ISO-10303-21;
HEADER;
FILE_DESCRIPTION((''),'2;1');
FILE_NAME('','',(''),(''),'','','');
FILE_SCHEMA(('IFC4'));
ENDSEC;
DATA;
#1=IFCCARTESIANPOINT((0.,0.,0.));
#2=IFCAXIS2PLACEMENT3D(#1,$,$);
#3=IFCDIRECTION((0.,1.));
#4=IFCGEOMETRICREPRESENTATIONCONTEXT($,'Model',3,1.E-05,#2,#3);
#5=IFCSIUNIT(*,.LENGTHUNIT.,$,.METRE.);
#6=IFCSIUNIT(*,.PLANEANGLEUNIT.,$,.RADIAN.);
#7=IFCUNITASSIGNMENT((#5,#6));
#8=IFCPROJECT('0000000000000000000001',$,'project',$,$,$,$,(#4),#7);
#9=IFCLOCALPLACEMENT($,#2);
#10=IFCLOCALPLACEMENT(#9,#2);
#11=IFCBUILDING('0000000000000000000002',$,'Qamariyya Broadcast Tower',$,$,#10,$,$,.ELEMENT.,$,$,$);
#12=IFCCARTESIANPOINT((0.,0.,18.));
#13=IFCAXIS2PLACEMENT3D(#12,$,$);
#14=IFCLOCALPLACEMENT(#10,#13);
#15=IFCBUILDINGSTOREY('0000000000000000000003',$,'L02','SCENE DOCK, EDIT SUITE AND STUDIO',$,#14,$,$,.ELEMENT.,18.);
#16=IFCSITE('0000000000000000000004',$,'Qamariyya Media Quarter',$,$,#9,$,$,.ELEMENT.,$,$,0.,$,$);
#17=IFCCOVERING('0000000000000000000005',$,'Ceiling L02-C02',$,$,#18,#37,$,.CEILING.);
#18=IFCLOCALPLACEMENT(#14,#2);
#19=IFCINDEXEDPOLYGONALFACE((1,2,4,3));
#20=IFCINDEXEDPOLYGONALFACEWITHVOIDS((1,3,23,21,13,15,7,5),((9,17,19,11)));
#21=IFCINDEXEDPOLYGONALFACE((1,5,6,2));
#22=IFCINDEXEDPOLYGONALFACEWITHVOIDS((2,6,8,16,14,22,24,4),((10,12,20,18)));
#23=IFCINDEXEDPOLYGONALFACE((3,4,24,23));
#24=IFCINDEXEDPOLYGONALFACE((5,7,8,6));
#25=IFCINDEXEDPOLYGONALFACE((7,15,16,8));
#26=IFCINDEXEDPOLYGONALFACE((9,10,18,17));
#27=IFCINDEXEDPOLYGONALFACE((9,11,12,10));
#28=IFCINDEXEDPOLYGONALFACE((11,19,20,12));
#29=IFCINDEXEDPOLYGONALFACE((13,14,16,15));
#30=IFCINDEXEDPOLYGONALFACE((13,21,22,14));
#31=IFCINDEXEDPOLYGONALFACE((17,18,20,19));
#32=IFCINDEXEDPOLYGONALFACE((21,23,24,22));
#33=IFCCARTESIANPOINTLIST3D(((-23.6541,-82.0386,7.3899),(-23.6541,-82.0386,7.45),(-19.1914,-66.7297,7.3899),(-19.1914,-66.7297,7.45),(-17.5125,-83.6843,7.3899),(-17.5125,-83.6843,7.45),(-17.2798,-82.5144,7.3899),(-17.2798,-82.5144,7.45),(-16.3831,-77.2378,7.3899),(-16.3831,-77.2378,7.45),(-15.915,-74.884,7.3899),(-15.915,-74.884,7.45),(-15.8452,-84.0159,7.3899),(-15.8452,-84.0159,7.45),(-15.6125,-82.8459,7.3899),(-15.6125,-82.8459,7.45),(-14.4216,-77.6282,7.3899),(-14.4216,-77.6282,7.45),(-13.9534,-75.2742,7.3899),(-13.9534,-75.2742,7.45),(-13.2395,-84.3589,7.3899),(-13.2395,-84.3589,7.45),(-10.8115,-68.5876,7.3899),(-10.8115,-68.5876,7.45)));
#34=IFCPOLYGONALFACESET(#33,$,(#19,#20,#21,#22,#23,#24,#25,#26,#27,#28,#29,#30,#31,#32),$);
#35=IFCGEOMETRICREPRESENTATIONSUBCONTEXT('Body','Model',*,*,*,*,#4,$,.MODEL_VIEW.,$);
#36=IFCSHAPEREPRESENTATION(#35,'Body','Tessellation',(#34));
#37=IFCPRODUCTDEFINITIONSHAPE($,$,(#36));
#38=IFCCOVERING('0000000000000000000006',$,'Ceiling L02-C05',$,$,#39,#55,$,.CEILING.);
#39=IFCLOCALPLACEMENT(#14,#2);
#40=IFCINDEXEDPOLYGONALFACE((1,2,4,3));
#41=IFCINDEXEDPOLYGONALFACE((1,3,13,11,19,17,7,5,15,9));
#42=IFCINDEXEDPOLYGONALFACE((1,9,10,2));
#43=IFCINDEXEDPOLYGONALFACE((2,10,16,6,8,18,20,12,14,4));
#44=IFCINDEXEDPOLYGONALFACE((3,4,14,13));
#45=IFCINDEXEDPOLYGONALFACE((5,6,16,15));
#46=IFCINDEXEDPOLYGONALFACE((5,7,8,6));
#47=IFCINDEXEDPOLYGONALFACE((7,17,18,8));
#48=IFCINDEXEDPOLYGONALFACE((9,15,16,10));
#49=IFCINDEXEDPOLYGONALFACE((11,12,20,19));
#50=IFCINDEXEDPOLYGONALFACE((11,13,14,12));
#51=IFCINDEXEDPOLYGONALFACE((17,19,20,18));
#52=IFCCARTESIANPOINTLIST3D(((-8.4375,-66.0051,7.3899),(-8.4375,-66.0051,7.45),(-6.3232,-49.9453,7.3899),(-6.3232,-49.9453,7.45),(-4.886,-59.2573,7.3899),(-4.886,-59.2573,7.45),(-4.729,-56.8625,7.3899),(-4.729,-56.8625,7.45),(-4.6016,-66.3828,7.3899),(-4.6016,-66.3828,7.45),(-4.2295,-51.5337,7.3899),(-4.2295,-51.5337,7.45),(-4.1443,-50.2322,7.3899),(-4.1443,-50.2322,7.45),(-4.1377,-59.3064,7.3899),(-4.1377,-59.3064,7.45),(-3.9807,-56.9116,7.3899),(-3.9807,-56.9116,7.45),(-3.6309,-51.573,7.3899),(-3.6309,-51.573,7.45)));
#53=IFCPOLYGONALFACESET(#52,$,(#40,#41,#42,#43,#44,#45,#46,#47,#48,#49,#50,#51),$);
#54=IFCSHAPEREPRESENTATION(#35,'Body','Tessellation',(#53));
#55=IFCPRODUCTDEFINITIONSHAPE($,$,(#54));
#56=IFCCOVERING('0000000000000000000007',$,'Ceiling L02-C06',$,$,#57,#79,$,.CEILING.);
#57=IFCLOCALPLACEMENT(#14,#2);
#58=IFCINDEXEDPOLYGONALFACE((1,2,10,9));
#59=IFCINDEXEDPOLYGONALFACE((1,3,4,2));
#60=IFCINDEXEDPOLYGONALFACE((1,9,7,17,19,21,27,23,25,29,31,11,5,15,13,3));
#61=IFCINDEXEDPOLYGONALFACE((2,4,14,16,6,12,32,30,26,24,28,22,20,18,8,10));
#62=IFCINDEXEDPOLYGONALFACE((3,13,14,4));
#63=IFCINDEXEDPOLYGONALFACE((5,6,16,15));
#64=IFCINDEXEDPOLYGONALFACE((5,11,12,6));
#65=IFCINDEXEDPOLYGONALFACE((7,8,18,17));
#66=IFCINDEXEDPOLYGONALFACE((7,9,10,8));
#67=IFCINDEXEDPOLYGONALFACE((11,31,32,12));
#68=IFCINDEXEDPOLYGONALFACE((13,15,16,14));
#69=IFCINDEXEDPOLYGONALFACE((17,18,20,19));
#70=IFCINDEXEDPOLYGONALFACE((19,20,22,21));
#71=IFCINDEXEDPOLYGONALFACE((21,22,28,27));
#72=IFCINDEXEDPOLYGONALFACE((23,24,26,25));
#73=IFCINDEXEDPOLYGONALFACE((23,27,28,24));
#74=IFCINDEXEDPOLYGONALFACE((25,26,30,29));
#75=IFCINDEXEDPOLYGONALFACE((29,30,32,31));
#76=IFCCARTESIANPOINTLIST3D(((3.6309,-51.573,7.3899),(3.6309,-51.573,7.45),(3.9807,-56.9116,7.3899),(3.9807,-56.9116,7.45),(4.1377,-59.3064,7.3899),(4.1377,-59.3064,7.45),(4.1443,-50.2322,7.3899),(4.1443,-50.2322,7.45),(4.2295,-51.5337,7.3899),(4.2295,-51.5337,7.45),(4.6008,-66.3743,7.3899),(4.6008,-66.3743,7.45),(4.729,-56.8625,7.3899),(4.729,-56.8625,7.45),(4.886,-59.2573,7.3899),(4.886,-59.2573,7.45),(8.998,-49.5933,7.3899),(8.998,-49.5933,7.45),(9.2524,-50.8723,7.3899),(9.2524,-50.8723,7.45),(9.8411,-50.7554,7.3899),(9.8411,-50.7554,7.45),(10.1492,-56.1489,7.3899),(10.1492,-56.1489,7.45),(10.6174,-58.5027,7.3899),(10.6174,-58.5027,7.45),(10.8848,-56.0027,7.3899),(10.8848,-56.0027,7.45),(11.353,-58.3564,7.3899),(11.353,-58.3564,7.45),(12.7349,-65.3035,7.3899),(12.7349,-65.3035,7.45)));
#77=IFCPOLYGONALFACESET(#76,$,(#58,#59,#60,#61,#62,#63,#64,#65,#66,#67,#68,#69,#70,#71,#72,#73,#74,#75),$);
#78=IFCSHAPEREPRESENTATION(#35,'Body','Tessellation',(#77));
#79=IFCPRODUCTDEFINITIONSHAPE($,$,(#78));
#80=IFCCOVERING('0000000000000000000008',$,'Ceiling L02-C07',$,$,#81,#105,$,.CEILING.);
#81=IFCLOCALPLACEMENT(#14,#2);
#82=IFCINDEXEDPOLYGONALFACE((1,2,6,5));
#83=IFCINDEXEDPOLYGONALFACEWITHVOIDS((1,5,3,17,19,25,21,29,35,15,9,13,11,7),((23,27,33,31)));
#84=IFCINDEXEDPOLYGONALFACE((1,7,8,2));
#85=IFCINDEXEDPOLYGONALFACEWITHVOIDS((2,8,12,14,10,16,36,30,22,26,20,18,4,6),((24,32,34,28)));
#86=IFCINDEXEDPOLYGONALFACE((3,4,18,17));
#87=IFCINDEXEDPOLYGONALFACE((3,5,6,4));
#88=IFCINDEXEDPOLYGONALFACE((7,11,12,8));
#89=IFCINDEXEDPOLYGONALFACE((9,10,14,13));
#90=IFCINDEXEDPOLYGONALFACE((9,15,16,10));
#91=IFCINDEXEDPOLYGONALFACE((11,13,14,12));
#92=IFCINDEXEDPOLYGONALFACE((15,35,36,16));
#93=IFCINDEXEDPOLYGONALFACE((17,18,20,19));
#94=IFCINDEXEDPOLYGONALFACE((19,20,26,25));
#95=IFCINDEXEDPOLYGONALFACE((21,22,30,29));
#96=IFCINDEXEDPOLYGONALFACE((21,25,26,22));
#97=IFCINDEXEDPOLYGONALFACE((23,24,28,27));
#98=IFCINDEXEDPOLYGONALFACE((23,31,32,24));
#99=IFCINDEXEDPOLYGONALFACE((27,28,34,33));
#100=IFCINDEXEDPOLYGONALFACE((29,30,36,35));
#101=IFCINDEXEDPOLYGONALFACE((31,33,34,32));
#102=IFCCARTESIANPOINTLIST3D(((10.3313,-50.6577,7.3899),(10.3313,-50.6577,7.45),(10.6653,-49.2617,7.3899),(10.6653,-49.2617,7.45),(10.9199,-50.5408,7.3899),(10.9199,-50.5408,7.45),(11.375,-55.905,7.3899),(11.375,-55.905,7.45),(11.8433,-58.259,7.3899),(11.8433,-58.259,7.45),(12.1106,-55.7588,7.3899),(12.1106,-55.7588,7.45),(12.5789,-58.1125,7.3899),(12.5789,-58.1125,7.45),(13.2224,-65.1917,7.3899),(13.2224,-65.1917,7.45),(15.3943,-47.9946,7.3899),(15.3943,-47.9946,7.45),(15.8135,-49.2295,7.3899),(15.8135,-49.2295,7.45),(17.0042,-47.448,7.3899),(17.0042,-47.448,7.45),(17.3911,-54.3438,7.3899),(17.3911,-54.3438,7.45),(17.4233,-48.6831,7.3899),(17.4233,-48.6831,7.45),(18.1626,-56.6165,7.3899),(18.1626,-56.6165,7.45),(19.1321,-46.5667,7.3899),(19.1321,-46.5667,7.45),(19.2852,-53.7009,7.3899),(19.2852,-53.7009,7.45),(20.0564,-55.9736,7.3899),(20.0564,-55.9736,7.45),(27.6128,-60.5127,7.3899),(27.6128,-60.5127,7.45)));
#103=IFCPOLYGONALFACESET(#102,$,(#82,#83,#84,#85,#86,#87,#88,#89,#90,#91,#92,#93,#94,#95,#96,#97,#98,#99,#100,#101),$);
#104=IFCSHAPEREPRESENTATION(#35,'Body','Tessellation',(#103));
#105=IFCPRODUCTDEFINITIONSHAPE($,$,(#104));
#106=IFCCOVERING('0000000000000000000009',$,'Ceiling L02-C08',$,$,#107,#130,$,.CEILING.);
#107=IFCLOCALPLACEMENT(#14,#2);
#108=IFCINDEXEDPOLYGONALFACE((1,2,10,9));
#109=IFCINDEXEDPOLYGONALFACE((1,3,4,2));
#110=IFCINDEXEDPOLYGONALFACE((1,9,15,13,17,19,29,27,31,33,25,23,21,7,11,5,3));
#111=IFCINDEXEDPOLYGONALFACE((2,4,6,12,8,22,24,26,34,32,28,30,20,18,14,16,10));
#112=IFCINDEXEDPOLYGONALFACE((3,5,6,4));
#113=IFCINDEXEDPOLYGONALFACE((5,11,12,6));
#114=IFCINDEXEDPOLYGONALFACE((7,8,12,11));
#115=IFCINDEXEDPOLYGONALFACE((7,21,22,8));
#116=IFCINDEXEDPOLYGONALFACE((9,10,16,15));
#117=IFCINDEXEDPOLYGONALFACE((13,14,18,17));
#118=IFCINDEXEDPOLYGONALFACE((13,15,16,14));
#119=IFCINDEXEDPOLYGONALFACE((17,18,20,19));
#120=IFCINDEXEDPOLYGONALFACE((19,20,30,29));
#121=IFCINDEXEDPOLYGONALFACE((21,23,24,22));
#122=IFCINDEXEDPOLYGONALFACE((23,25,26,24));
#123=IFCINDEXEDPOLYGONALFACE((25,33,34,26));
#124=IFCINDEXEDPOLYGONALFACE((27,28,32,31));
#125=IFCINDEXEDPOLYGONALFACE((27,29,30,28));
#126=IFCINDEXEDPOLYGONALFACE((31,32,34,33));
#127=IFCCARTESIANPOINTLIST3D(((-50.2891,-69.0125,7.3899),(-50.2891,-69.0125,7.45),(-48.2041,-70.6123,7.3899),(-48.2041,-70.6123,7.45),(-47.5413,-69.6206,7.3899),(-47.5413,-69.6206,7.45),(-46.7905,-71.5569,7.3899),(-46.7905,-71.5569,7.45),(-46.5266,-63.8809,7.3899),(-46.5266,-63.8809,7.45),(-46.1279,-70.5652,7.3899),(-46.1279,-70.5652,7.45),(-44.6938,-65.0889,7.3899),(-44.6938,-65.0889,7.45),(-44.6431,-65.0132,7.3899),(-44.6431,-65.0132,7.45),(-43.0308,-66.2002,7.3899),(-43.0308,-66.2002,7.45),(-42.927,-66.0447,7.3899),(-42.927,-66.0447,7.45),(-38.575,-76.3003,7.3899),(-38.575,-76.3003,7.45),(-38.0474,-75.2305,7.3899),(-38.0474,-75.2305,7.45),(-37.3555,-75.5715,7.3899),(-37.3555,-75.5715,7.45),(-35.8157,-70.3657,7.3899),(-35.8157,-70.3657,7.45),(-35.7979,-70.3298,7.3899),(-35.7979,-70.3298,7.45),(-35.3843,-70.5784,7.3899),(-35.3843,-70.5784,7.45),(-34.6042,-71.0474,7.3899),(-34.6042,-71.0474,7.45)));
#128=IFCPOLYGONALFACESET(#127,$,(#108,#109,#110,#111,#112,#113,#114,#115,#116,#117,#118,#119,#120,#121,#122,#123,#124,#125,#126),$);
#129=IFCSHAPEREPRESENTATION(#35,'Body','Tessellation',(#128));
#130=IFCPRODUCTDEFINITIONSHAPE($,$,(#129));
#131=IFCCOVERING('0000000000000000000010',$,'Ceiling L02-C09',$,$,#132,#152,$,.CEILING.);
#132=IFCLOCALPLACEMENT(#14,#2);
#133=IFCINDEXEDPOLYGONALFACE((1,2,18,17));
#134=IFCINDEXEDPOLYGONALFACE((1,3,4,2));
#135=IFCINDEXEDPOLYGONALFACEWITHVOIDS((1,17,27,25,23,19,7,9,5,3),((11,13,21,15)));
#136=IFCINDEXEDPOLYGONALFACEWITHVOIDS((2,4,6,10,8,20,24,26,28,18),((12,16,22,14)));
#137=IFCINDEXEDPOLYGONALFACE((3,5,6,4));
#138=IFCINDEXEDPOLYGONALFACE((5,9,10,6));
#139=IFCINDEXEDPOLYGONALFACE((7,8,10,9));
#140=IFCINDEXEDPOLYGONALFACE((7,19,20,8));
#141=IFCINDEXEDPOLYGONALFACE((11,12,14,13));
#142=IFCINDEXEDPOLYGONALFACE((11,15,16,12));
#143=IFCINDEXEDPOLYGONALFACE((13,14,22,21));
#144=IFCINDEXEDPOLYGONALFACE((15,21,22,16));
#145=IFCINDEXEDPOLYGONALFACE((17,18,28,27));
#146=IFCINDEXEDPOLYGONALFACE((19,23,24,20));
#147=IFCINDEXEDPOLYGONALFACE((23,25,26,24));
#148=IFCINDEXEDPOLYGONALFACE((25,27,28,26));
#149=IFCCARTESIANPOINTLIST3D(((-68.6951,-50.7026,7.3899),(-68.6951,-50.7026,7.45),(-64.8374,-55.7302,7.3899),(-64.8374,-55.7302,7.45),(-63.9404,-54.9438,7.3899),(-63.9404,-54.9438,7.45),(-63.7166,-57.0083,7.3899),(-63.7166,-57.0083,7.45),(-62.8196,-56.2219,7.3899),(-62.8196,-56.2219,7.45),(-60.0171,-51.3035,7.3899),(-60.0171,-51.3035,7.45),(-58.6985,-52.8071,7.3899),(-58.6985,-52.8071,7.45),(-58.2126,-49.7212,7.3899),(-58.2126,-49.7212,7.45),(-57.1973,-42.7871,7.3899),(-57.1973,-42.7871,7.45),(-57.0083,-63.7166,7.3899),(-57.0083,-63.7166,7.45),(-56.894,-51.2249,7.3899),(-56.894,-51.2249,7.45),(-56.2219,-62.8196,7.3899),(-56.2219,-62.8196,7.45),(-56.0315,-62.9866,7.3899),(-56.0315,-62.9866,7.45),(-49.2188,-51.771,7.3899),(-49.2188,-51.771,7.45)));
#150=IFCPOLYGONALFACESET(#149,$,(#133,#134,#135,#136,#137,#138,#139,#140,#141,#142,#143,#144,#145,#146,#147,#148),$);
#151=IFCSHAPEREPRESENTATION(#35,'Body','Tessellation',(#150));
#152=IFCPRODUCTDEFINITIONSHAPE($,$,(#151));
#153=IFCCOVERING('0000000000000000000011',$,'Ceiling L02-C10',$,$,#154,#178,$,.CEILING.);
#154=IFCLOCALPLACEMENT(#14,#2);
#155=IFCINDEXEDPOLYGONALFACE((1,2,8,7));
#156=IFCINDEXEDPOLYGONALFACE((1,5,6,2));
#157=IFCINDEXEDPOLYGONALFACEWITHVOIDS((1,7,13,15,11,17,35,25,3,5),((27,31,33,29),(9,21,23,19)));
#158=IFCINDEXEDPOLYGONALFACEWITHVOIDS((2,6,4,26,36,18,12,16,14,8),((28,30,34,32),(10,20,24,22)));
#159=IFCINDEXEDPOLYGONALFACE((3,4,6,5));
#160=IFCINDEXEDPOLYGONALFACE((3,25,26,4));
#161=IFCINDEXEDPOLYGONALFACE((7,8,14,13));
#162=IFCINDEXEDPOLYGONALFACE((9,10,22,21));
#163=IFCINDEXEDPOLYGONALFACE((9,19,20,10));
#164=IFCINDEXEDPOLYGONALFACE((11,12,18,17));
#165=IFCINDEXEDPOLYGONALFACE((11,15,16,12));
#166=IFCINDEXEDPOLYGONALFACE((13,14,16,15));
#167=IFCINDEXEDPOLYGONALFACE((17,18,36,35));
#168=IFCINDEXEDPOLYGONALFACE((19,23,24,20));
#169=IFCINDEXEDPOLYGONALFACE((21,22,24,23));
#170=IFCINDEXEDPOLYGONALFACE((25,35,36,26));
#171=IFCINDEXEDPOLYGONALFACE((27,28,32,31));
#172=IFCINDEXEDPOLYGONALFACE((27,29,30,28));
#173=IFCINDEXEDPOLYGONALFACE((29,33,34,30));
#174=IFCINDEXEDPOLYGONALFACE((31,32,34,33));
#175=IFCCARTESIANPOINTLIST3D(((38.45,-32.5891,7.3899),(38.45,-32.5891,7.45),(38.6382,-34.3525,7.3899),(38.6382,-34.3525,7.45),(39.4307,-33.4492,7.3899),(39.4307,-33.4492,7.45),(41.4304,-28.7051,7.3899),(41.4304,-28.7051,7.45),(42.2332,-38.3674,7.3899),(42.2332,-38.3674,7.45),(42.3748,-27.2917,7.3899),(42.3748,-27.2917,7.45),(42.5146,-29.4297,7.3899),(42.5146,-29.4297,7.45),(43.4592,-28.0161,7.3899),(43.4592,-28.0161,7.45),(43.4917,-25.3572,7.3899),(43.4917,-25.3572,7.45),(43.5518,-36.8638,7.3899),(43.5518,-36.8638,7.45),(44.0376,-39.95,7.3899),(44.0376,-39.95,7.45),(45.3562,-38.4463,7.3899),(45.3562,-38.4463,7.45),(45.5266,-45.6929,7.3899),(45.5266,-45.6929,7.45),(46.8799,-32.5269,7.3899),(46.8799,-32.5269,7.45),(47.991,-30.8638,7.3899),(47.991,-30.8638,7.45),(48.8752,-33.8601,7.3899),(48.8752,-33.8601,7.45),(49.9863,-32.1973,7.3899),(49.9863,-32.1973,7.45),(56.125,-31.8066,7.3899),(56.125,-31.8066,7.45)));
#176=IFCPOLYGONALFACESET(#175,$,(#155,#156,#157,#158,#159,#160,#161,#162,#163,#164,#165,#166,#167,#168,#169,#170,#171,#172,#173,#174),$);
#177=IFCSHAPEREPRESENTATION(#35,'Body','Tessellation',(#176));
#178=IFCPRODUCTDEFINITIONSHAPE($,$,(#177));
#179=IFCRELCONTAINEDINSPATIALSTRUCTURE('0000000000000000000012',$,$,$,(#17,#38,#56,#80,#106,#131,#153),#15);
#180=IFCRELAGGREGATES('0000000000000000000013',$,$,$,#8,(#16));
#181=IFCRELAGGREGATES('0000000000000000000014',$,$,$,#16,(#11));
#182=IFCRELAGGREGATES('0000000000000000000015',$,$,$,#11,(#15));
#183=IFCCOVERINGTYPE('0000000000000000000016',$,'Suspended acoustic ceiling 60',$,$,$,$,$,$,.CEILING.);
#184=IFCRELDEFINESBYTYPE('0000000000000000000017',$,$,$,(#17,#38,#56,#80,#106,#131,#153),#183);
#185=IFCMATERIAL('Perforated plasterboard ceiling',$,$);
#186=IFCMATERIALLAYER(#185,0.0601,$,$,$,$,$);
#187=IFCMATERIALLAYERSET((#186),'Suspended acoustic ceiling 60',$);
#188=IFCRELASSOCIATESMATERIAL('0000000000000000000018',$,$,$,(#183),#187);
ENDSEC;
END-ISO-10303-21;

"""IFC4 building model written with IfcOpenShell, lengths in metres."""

from ifc_helpers import new_model, si_unit, direction, frame, origin, place, context, subcontext, project, spatial, polyline, outline, extrude, material, layer, layer_set, type_object, element, save


model = new_model("IFC4")

# Units and contexts
model_context = context("Model", 3, precision=1e-05, world=origin(), true_north=direction((0.0, 1.0)))
body_context = subcontext(model_context, "Body", "Model", "MODEL_VIEW")
ifc_project = project(units=[si_unit("LENGTHUNIT", "METRE"), si_unit("PLANEANGLEUNIT", "RADIAN")], contexts=[model_context])

# Site, building, storey
site_placement = place(None, origin())
site = spatial("IfcSite", under=ifc_project, at=site_placement, Name="Qamariyya Media Quarter", CompositionType="ELEMENT", RefElevation=0.0)
building_placement = place(site_placement, origin())
building = spatial("IfcBuilding", under=site, at=building_placement, Name="Qamariyya Broadcast Tower", CompositionType="ELEMENT")
storey_placement = place(building_placement, frame((0.0, 0.0, 18.0)))
storey = spatial("IfcBuildingStorey", under=building, at=storey_placement, Name="L02", Description="SCENE DOCK, EDIT SUITE AND STUDIO", CompositionType="ELEMENT", Elevation=18.0)

# Coverings
ifc_material_1 = material(Name="Perforated plasterboard ceiling")
ifc_layer_1 = layer(ifc_material_1, 0.0601)
ifc_layer_set_1 = layer_set([ifc_layer_1], Name="Suspended acoustic ceiling 60")
covering_type_1 = type_object("IfcCoveringType", Name="Suspended acoustic ceiling 60", PredefinedType="CEILING", material=ifc_layer_set_1)
covering_1_placement = place(storey_placement, frame((0.0, 0.0, 7.3899)))
element("IfcCovering", 1, at=covering_1_placement, inside=storey, type_object=covering_type_1, Name="Ceiling L02-C02", PredefinedType="CEILING", context=body_context, shape_type="SweptSolid", body=[
    extrude(outline(polyline([(-13.2395, -84.3589), (-15.8452, -84.0159), (-15.6125, -82.8459), (-17.2798, -82.5144), (-17.5125, -83.6843), (-23.6541, -82.0386), (-19.1914, -66.7297), (-10.8115, -68.5876), (-13.2395, -84.3589)]), holes=[polyline([(-16.3831, -77.2378), (-14.4216, -77.6282), (-13.9534, -75.2742), (-15.915, -74.884), (-16.3831, -77.2378)])]), origin(), (0.0, 0.0, 1.0), 0.0601),
])
covering_2_placement = place(storey_placement, frame((0.0, 0.0, 7.3899)))
element("IfcCovering", 2, at=covering_2_placement, inside=storey, type_object=covering_type_1, Name="Ceiling L02-C05", PredefinedType="CEILING", context=body_context, shape_type="SweptSolid", body=[
    extrude(outline(polyline([(-6.3232, -49.9453), (-4.1443, -50.2322), (-4.2295, -51.5337), (-3.6309, -51.573), (-3.9807, -56.9116), (-4.729, -56.8625), (-4.886, -59.2573), (-4.1377, -59.3064), (-4.6016, -66.3828), (-8.4375, -66.0051), (-6.3232, -49.9453)])), origin(), (0.0, 0.0, 1.0), 0.0601),
])
covering_3_placement = place(storey_placement, frame((0.0, 0.0, 7.3899)))
element("IfcCovering", 3, at=covering_3_placement, inside=storey, type_object=covering_type_1, Name="Ceiling L02-C06", PredefinedType="CEILING", context=body_context, shape_type="SweptSolid", body=[
    extrude(outline(polyline([(4.1377, -59.3064), (4.886, -59.2573), (4.729, -56.8625), (3.9807, -56.9116), (3.6309, -51.573), (4.2295, -51.5337), (4.1443, -50.2322), (8.998, -49.5933), (9.2524, -50.8723), (9.8411, -50.7554), (10.8848, -56.0027), (10.1492, -56.1489), (10.6174, -58.5027), (11.353, -58.3564), (12.7349, -65.3035), (4.6008, -66.3743), (4.1377, -59.3064)])), origin(), (0.0, 0.0, 1.0), 0.0601),
])
covering_4_placement = place(storey_placement, frame((0.0, 0.0, 7.3899)))
element("IfcCovering", 4, at=covering_4_placement, inside=storey, type_object=covering_type_1, Name="Ceiling L02-C07", PredefinedType="CEILING", context=body_context, shape_type="SweptSolid", body=[
    extrude(outline(polyline([(13.2224, -65.1917), (11.8433, -58.259), (12.5789, -58.1125), (12.1106, -55.7588), (11.375, -55.905), (10.3313, -50.6577), (10.9199, -50.5408), (10.6653, -49.2617), (15.3943, -47.9946), (15.8135, -49.2295), (17.4233, -48.6831), (17.0042, -47.448), (19.1321, -46.5667), (27.6128, -60.5127), (13.2224, -65.1917)]), holes=[polyline([(17.3911, -54.3438), (18.1626, -56.6165), (20.0564, -55.9736), (19.2852, -53.7009), (17.3911, -54.3438)])]), origin(), (0.0, 0.0, 1.0), 0.0601),
])
covering_5_placement = place(storey_placement, frame((0.0, 0.0, 7.3899)))
element("IfcCovering", 5, at=covering_5_placement, inside=storey, type_object=covering_type_1, Name="Ceiling L02-C08", PredefinedType="CEILING", context=body_context, shape_type="SweptSolid", body=[
    extrude(outline(polyline([(-44.6938, -65.0889), (-43.0308, -66.2002), (-42.927, -66.0447), (-35.7979, -70.3298), (-35.8157, -70.3657), (-35.3843, -70.5784), (-34.6042, -71.0474), (-37.3555, -75.5715), (-38.0474, -75.2305), (-38.575, -76.3003), (-46.7905, -71.5569), (-46.1279, -70.5652), (-47.5413, -69.6206), (-48.2041, -70.6123), (-50.2891, -69.0125), (-46.5266, -63.8809), (-44.6431, -65.0132), (-44.6938, -65.0889)])), origin(), (0.0, 0.0, 1.0), 0.0601),
])
covering_6_placement = place(storey_placement, frame((0.0, 0.0, 7.3899)))
element("IfcCovering", 6, at=covering_6_placement, inside=storey, type_object=covering_type_1, Name="Ceiling L02-C09", PredefinedType="CEILING", context=body_context, shape_type="SweptSolid", body=[
    extrude(outline(polyline([(-56.0315, -62.9866), (-56.2219, -62.8196), (-57.0083, -63.7166), (-63.7166, -57.0083), (-62.8196, -56.2219), (-63.9404, -54.9438), (-64.8374, -55.7302), (-68.6951, -50.7026), (-57.1973, -42.7871), (-49.2188, -51.771), (-56.0315, -62.9866)]), holes=[polyline([(-58.2126, -49.7212), (-60.0171, -51.3035), (-58.6985, -52.8071), (-56.894, -51.2249), (-58.2126, -49.7212)])]), origin(), (0.0, 0.0, 1.0), 0.0601),
])
covering_7_placement = place(storey_placement, frame((0.0, 0.0, 7.3899)))
element("IfcCovering", 7, at=covering_7_placement, inside=storey, type_object=covering_type_1, Name="Ceiling L02-C10", PredefinedType="CEILING", context=body_context, shape_type="SweptSolid", body=[
    extrude(outline(polyline([(38.6382, -34.3525), (39.4307, -33.4492), (38.45, -32.5891), (41.4304, -28.7051), (42.5146, -29.4297), (43.4592, -28.0161), (42.3748, -27.2917), (43.4917, -25.3572), (56.125, -31.8066), (45.5266, -45.6929), (38.6382, -34.3525)]), holes=[polyline([(48.8752, -33.8601), (49.9863, -32.1973), (47.991, -30.8638), (46.8799, -32.5269), (48.8752, -33.8601)]), polyline([(44.0376, -39.95), (45.3562, -38.4463), (43.5518, -36.8638), (42.2332, -38.3674), (44.0376, -39.95)])]), origin(), (0.0, 0.0, 1.0), 0.0601),
])

save(model, "model.ifc")
